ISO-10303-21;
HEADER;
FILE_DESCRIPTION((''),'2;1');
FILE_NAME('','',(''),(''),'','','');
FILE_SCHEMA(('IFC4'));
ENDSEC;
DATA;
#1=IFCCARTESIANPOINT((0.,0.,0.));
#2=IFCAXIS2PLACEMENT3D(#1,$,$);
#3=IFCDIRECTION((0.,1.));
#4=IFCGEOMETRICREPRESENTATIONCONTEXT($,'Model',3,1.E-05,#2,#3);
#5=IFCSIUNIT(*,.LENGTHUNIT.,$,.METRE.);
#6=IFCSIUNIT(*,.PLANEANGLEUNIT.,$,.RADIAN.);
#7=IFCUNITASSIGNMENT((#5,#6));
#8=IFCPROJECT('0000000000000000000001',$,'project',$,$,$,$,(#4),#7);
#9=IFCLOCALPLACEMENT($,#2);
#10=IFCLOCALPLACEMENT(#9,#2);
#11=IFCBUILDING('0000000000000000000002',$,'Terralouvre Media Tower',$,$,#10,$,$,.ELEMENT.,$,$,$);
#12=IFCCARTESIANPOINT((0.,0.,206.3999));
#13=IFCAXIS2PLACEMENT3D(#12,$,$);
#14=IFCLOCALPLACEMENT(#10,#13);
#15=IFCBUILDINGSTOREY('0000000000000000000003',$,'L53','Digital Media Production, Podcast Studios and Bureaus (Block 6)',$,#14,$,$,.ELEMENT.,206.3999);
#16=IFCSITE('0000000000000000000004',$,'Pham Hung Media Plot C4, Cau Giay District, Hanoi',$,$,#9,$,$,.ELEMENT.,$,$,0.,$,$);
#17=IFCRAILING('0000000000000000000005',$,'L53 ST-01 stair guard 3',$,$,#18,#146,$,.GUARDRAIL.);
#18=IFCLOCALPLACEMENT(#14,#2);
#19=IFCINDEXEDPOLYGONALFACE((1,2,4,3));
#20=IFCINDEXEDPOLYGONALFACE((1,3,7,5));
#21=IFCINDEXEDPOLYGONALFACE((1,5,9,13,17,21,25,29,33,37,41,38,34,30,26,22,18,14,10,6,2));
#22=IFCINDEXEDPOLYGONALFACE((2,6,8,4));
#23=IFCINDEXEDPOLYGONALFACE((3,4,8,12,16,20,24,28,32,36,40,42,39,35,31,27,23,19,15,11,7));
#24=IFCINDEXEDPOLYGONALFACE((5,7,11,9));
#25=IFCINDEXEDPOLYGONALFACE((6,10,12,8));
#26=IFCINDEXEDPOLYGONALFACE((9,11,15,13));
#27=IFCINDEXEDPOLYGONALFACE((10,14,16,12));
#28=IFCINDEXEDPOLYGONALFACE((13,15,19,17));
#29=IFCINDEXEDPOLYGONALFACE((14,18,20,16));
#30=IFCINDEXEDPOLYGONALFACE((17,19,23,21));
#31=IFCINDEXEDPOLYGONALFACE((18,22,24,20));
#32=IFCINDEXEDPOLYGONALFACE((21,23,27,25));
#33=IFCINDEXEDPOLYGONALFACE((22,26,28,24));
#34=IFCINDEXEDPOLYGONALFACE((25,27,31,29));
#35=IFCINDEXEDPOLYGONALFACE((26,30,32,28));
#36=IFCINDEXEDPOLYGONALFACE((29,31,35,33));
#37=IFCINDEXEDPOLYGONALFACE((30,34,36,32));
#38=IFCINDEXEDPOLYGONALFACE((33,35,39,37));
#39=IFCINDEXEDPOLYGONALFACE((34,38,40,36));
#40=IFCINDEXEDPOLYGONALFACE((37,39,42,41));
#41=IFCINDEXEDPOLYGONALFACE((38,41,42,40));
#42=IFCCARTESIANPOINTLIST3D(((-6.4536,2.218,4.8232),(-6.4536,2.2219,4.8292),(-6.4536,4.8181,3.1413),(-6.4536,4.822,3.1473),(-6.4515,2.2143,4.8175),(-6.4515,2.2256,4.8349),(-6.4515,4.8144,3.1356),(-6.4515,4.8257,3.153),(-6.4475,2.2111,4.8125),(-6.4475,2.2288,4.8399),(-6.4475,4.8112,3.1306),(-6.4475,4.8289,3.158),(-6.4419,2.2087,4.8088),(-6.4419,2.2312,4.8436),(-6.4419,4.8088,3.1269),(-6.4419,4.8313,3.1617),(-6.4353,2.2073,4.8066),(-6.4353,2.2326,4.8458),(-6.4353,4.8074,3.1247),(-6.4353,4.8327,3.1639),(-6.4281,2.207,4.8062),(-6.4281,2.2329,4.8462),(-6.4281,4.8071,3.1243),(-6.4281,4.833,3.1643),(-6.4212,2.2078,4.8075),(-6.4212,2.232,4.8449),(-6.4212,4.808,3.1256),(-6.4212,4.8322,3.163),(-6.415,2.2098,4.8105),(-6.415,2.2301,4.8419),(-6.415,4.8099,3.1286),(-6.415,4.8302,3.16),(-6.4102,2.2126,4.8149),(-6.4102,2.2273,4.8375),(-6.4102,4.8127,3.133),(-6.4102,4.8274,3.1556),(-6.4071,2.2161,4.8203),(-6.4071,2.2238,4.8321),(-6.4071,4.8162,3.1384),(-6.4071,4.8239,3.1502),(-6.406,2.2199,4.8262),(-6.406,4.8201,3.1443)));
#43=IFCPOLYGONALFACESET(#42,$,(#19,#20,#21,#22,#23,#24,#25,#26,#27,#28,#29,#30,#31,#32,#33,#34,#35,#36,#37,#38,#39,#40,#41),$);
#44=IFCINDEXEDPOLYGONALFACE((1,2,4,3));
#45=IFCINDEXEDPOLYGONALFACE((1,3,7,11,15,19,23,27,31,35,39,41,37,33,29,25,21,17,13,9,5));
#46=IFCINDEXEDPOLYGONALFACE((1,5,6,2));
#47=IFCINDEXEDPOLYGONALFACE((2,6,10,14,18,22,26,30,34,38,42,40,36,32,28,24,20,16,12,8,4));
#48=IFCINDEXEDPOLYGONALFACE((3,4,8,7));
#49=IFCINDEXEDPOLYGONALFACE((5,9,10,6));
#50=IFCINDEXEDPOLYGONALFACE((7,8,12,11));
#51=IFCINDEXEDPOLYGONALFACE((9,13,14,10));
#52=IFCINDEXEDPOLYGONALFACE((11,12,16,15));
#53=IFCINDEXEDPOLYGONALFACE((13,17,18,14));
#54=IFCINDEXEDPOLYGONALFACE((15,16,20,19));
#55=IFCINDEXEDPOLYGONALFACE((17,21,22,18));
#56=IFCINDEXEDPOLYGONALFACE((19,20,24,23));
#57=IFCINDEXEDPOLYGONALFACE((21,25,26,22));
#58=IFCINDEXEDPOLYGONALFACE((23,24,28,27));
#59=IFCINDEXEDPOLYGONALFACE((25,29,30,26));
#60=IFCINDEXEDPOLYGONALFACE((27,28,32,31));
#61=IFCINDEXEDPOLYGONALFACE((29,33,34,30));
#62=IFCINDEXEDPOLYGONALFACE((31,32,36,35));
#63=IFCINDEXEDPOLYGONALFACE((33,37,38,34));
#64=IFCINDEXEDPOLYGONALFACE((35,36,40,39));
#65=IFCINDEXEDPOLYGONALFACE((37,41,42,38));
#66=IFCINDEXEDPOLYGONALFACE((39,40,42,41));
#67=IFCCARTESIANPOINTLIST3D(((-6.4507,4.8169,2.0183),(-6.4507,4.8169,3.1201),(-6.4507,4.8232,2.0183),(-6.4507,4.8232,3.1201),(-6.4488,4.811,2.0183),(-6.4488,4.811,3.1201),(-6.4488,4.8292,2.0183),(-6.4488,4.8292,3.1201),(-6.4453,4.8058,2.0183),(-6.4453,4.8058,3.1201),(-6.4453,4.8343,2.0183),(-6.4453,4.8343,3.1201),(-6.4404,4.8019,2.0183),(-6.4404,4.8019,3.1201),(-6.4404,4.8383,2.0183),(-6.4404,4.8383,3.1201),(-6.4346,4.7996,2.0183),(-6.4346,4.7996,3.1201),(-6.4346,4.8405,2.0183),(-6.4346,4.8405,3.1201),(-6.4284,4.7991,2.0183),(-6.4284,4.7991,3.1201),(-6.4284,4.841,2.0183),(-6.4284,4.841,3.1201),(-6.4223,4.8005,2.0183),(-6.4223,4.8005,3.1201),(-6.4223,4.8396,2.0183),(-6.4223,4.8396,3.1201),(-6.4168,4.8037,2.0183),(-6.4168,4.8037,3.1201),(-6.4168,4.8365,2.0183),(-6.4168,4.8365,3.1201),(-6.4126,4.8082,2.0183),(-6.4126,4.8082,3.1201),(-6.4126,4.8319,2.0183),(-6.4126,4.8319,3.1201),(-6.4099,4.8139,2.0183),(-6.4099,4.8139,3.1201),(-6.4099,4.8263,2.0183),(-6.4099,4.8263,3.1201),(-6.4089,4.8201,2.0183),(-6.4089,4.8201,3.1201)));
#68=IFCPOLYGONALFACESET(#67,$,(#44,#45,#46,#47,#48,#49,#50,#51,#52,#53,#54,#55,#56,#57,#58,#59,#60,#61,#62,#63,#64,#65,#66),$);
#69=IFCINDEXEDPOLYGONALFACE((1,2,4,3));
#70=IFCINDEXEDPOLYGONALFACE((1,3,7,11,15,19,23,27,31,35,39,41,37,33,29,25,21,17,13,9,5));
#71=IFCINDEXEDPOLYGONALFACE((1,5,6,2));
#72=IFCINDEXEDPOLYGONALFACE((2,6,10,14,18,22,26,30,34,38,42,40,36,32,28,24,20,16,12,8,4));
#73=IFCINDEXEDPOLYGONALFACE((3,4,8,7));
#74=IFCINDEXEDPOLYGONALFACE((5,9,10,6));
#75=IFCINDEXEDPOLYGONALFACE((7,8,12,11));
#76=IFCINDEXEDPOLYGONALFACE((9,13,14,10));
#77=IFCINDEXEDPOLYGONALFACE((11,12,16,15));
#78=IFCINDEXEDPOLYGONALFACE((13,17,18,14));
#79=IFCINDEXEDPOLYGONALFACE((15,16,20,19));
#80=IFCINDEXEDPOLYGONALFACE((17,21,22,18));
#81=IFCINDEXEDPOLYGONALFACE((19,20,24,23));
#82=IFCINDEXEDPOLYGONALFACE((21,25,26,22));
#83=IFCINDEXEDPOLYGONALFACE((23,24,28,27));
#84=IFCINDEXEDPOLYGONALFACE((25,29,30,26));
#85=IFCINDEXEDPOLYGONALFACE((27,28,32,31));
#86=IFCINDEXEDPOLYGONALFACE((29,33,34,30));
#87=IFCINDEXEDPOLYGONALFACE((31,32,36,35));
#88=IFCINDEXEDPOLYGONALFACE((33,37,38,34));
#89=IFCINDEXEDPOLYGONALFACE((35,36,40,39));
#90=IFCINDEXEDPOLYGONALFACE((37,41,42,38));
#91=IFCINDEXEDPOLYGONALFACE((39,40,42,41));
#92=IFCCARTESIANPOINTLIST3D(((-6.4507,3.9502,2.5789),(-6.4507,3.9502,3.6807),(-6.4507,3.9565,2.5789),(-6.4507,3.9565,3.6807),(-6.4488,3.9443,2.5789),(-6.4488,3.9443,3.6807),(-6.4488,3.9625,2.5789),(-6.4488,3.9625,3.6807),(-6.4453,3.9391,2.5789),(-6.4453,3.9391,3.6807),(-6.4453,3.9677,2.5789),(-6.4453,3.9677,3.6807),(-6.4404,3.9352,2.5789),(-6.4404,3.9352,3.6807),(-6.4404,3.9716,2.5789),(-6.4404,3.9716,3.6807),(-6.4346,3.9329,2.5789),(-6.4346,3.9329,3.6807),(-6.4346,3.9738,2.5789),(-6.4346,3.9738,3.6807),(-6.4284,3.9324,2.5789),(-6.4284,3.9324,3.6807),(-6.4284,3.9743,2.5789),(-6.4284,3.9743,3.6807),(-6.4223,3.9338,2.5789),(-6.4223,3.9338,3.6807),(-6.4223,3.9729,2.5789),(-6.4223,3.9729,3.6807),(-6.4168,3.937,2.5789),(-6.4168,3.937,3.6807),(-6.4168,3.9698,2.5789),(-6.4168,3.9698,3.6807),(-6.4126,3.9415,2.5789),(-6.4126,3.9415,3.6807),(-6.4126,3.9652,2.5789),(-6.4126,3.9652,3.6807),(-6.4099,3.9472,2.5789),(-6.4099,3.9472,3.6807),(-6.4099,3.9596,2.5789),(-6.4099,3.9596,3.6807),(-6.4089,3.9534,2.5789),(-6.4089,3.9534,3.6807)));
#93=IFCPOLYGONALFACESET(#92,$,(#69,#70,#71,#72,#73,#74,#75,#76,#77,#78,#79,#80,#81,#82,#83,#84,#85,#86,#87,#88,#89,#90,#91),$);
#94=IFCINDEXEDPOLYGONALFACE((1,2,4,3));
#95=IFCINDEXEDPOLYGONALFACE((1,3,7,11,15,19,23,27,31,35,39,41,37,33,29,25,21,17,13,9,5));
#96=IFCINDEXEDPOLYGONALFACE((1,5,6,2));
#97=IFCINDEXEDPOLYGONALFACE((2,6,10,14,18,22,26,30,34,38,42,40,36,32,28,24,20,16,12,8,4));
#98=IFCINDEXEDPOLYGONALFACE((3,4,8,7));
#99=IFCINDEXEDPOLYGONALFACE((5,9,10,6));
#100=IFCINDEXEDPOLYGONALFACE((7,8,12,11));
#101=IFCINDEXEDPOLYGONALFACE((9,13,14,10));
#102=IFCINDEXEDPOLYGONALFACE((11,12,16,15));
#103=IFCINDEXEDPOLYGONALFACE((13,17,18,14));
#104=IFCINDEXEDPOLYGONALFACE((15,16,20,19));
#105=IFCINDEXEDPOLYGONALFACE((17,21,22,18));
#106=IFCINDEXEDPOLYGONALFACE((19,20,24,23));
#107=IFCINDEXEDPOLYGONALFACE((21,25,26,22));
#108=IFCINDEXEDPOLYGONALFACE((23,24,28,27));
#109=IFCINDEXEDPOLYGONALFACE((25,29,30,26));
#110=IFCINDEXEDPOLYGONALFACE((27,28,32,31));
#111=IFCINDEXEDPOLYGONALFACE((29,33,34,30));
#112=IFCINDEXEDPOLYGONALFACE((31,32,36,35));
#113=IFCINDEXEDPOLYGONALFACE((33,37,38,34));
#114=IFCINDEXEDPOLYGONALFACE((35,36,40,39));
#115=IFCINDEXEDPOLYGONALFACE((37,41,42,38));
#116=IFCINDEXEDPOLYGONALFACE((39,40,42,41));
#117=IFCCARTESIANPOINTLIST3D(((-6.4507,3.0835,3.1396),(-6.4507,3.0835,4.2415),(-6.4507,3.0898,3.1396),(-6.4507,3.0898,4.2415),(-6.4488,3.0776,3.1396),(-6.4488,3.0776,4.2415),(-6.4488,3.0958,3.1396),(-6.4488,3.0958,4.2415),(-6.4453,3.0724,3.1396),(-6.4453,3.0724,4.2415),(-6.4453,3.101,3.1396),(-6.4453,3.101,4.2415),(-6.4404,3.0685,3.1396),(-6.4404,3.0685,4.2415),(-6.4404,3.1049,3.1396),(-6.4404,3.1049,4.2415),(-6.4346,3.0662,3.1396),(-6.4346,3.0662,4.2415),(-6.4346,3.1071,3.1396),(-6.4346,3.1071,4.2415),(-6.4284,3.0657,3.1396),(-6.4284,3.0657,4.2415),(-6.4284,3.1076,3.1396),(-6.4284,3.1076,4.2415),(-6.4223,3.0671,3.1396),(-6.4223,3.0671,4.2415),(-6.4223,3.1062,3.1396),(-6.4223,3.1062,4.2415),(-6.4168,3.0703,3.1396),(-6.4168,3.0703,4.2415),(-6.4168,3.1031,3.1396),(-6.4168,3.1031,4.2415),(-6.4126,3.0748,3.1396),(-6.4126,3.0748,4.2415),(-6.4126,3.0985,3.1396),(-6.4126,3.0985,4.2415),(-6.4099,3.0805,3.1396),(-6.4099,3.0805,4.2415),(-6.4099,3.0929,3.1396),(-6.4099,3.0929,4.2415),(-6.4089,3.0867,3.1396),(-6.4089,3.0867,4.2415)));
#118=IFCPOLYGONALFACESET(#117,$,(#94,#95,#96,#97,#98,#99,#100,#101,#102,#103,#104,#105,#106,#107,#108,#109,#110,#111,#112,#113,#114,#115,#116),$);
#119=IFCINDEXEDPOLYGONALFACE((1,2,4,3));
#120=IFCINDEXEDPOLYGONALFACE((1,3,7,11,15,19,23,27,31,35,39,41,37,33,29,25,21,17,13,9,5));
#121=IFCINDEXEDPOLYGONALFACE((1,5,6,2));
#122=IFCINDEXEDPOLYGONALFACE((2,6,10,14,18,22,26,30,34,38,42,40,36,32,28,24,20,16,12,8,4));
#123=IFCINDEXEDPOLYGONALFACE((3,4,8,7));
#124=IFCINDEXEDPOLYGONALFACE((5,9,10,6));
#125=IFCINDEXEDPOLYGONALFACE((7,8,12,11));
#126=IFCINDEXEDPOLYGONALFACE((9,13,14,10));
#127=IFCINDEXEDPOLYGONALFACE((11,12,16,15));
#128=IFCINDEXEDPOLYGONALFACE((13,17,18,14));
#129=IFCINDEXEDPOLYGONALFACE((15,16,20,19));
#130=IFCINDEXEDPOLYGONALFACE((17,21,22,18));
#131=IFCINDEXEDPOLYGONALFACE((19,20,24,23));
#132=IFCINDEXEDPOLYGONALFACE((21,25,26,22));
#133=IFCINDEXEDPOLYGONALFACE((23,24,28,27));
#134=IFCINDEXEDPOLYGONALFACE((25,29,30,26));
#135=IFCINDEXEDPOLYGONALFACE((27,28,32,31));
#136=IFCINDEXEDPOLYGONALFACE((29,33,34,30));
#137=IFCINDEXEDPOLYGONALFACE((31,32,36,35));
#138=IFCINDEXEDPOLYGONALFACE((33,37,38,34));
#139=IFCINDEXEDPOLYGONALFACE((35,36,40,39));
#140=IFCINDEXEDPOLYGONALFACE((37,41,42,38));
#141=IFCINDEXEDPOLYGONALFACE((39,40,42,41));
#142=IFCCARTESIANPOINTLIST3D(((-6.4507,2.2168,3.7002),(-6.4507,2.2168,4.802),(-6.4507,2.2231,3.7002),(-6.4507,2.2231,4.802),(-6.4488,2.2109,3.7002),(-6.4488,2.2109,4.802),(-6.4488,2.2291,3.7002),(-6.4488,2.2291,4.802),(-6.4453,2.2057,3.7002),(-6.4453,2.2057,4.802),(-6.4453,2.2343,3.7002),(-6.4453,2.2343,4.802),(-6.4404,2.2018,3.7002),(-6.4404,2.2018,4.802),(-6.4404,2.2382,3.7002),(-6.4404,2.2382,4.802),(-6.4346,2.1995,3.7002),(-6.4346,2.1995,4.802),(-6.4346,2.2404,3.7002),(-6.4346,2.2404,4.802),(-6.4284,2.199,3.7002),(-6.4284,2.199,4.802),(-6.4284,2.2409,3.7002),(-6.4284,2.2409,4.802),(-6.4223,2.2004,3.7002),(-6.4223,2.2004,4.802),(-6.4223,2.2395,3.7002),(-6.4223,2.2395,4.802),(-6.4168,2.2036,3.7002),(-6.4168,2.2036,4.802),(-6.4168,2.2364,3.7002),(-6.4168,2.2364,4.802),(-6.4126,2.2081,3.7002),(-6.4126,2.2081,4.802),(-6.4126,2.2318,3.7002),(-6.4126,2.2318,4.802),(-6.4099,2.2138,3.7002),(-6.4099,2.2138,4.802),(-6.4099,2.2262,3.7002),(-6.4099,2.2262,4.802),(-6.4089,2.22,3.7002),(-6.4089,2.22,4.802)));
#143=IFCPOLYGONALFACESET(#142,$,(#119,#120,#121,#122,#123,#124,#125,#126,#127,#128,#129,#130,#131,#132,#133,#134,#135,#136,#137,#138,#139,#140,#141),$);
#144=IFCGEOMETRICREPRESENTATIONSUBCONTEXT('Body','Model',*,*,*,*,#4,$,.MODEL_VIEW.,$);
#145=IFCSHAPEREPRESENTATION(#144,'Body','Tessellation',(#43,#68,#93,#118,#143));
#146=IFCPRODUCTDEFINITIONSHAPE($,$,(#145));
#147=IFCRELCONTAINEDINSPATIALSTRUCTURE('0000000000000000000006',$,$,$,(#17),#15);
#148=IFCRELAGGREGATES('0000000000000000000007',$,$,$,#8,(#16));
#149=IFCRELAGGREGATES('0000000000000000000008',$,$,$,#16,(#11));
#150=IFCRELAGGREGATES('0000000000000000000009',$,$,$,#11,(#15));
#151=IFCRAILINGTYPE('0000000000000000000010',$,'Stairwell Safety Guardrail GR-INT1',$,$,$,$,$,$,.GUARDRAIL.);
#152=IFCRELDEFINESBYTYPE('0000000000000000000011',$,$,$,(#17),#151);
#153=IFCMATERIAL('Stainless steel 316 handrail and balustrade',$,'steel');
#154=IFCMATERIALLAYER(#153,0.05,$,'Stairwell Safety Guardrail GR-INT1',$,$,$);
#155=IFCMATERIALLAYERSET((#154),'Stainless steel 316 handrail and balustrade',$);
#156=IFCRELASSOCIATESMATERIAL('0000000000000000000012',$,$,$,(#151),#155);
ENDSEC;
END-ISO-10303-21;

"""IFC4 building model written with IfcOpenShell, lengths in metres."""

from ifc_helpers import new_model, si_unit, direction, frame, origin, origin_2d, place, context, subcontext, project, spatial, circle, extrude, material, layer, layer_set, type_object, element, save


model = new_model("IFC4")

# Units and contexts
model_context = context("Model", 3, precision=1e-05, world=origin(), true_north=direction((0.0, 1.0)))
body_context = subcontext(model_context, "Body", "Model", "MODEL_VIEW")
ifc_project = project(units=[si_unit("LENGTHUNIT", "METRE"), si_unit("PLANEANGLEUNIT", "RADIAN")], contexts=[model_context])

# Site, building, storey
site_placement = place(None, origin())
site = spatial("IfcSite", under=ifc_project, at=site_placement, Name="Pham Hung Media Plot C4, Cau Giay District, Hanoi", CompositionType="ELEMENT", RefElevation=0.0)
building_placement = place(site_placement, origin())
building = spatial("IfcBuilding", under=site, at=building_placement, Name="Terralouvre Media Tower", CompositionType="ELEMENT")
storey_placement = place(building_placement, frame((0.0, 0.0, 206.3999)))
storey = spatial("IfcBuildingStorey", under=building, at=storey_placement, Name="L53", Description="Digital Media Production, Podcast Studios and Bureaus (Block 6)", CompositionType="ELEMENT", Elevation=206.3999)

# Railing
ifc_material_1 = material(Name="Stainless steel 316 handrail and balustrade", Category="steel")
ifc_layer_1 = layer(ifc_material_1, 0.05, Name="Stairwell Safety Guardrail GR-INT1")
ifc_layer_set_1 = layer_set([ifc_layer_1], Name="Stainless steel 316 handrail and balustrade")
railing_type_1 = type_object("IfcRailingType", Name="Stairwell Safety Guardrail GR-INT1", PredefinedType="GUARDRAIL", material=ifc_layer_set_1)
railing_1_placement = place(storey_placement, frame((-6.4299, 4.8201, 2.0183)))
element("IfcRailing", 1, at=railing_1_placement, inside=storey, type_object=railing_type_1, Name="L53 ST-01 stair guard 3", PredefinedType="GUARDRAIL", context=body_context, shape_type="SweptSolid", body=[
    extrude(circle(Radius=0.0239, at=origin_2d()), frame((0.0, 0.0, 1.126), z_axis=(0.0, -0.839648, 0.54313), x_axis=(1.0, 0.0, 0.0)), (0.0, 0.0, 1.0), 3.0967),
    extrude(circle(Radius=0.021, at=origin_2d()), origin(), (0.0, 0.0, 1.0), 1.1018),
    extrude(circle(Radius=0.021, at=origin_2d()), frame((0.0, -0.8667, 0.5605)), (0.0, 0.0, 1.0), 1.1018),
    extrude(circle(Radius=0.021, at=origin_2d()), frame((0.0, -1.7334, 1.1213)), (0.0, 0.0, 1.0), 1.1018),
    extrude(circle(Radius=0.021, at=origin_2d()), frame((0.0, -2.6001, 1.6819)), (0.0, 0.0, 1.0), 1.1018),
])

save(model, "model.ifc")
